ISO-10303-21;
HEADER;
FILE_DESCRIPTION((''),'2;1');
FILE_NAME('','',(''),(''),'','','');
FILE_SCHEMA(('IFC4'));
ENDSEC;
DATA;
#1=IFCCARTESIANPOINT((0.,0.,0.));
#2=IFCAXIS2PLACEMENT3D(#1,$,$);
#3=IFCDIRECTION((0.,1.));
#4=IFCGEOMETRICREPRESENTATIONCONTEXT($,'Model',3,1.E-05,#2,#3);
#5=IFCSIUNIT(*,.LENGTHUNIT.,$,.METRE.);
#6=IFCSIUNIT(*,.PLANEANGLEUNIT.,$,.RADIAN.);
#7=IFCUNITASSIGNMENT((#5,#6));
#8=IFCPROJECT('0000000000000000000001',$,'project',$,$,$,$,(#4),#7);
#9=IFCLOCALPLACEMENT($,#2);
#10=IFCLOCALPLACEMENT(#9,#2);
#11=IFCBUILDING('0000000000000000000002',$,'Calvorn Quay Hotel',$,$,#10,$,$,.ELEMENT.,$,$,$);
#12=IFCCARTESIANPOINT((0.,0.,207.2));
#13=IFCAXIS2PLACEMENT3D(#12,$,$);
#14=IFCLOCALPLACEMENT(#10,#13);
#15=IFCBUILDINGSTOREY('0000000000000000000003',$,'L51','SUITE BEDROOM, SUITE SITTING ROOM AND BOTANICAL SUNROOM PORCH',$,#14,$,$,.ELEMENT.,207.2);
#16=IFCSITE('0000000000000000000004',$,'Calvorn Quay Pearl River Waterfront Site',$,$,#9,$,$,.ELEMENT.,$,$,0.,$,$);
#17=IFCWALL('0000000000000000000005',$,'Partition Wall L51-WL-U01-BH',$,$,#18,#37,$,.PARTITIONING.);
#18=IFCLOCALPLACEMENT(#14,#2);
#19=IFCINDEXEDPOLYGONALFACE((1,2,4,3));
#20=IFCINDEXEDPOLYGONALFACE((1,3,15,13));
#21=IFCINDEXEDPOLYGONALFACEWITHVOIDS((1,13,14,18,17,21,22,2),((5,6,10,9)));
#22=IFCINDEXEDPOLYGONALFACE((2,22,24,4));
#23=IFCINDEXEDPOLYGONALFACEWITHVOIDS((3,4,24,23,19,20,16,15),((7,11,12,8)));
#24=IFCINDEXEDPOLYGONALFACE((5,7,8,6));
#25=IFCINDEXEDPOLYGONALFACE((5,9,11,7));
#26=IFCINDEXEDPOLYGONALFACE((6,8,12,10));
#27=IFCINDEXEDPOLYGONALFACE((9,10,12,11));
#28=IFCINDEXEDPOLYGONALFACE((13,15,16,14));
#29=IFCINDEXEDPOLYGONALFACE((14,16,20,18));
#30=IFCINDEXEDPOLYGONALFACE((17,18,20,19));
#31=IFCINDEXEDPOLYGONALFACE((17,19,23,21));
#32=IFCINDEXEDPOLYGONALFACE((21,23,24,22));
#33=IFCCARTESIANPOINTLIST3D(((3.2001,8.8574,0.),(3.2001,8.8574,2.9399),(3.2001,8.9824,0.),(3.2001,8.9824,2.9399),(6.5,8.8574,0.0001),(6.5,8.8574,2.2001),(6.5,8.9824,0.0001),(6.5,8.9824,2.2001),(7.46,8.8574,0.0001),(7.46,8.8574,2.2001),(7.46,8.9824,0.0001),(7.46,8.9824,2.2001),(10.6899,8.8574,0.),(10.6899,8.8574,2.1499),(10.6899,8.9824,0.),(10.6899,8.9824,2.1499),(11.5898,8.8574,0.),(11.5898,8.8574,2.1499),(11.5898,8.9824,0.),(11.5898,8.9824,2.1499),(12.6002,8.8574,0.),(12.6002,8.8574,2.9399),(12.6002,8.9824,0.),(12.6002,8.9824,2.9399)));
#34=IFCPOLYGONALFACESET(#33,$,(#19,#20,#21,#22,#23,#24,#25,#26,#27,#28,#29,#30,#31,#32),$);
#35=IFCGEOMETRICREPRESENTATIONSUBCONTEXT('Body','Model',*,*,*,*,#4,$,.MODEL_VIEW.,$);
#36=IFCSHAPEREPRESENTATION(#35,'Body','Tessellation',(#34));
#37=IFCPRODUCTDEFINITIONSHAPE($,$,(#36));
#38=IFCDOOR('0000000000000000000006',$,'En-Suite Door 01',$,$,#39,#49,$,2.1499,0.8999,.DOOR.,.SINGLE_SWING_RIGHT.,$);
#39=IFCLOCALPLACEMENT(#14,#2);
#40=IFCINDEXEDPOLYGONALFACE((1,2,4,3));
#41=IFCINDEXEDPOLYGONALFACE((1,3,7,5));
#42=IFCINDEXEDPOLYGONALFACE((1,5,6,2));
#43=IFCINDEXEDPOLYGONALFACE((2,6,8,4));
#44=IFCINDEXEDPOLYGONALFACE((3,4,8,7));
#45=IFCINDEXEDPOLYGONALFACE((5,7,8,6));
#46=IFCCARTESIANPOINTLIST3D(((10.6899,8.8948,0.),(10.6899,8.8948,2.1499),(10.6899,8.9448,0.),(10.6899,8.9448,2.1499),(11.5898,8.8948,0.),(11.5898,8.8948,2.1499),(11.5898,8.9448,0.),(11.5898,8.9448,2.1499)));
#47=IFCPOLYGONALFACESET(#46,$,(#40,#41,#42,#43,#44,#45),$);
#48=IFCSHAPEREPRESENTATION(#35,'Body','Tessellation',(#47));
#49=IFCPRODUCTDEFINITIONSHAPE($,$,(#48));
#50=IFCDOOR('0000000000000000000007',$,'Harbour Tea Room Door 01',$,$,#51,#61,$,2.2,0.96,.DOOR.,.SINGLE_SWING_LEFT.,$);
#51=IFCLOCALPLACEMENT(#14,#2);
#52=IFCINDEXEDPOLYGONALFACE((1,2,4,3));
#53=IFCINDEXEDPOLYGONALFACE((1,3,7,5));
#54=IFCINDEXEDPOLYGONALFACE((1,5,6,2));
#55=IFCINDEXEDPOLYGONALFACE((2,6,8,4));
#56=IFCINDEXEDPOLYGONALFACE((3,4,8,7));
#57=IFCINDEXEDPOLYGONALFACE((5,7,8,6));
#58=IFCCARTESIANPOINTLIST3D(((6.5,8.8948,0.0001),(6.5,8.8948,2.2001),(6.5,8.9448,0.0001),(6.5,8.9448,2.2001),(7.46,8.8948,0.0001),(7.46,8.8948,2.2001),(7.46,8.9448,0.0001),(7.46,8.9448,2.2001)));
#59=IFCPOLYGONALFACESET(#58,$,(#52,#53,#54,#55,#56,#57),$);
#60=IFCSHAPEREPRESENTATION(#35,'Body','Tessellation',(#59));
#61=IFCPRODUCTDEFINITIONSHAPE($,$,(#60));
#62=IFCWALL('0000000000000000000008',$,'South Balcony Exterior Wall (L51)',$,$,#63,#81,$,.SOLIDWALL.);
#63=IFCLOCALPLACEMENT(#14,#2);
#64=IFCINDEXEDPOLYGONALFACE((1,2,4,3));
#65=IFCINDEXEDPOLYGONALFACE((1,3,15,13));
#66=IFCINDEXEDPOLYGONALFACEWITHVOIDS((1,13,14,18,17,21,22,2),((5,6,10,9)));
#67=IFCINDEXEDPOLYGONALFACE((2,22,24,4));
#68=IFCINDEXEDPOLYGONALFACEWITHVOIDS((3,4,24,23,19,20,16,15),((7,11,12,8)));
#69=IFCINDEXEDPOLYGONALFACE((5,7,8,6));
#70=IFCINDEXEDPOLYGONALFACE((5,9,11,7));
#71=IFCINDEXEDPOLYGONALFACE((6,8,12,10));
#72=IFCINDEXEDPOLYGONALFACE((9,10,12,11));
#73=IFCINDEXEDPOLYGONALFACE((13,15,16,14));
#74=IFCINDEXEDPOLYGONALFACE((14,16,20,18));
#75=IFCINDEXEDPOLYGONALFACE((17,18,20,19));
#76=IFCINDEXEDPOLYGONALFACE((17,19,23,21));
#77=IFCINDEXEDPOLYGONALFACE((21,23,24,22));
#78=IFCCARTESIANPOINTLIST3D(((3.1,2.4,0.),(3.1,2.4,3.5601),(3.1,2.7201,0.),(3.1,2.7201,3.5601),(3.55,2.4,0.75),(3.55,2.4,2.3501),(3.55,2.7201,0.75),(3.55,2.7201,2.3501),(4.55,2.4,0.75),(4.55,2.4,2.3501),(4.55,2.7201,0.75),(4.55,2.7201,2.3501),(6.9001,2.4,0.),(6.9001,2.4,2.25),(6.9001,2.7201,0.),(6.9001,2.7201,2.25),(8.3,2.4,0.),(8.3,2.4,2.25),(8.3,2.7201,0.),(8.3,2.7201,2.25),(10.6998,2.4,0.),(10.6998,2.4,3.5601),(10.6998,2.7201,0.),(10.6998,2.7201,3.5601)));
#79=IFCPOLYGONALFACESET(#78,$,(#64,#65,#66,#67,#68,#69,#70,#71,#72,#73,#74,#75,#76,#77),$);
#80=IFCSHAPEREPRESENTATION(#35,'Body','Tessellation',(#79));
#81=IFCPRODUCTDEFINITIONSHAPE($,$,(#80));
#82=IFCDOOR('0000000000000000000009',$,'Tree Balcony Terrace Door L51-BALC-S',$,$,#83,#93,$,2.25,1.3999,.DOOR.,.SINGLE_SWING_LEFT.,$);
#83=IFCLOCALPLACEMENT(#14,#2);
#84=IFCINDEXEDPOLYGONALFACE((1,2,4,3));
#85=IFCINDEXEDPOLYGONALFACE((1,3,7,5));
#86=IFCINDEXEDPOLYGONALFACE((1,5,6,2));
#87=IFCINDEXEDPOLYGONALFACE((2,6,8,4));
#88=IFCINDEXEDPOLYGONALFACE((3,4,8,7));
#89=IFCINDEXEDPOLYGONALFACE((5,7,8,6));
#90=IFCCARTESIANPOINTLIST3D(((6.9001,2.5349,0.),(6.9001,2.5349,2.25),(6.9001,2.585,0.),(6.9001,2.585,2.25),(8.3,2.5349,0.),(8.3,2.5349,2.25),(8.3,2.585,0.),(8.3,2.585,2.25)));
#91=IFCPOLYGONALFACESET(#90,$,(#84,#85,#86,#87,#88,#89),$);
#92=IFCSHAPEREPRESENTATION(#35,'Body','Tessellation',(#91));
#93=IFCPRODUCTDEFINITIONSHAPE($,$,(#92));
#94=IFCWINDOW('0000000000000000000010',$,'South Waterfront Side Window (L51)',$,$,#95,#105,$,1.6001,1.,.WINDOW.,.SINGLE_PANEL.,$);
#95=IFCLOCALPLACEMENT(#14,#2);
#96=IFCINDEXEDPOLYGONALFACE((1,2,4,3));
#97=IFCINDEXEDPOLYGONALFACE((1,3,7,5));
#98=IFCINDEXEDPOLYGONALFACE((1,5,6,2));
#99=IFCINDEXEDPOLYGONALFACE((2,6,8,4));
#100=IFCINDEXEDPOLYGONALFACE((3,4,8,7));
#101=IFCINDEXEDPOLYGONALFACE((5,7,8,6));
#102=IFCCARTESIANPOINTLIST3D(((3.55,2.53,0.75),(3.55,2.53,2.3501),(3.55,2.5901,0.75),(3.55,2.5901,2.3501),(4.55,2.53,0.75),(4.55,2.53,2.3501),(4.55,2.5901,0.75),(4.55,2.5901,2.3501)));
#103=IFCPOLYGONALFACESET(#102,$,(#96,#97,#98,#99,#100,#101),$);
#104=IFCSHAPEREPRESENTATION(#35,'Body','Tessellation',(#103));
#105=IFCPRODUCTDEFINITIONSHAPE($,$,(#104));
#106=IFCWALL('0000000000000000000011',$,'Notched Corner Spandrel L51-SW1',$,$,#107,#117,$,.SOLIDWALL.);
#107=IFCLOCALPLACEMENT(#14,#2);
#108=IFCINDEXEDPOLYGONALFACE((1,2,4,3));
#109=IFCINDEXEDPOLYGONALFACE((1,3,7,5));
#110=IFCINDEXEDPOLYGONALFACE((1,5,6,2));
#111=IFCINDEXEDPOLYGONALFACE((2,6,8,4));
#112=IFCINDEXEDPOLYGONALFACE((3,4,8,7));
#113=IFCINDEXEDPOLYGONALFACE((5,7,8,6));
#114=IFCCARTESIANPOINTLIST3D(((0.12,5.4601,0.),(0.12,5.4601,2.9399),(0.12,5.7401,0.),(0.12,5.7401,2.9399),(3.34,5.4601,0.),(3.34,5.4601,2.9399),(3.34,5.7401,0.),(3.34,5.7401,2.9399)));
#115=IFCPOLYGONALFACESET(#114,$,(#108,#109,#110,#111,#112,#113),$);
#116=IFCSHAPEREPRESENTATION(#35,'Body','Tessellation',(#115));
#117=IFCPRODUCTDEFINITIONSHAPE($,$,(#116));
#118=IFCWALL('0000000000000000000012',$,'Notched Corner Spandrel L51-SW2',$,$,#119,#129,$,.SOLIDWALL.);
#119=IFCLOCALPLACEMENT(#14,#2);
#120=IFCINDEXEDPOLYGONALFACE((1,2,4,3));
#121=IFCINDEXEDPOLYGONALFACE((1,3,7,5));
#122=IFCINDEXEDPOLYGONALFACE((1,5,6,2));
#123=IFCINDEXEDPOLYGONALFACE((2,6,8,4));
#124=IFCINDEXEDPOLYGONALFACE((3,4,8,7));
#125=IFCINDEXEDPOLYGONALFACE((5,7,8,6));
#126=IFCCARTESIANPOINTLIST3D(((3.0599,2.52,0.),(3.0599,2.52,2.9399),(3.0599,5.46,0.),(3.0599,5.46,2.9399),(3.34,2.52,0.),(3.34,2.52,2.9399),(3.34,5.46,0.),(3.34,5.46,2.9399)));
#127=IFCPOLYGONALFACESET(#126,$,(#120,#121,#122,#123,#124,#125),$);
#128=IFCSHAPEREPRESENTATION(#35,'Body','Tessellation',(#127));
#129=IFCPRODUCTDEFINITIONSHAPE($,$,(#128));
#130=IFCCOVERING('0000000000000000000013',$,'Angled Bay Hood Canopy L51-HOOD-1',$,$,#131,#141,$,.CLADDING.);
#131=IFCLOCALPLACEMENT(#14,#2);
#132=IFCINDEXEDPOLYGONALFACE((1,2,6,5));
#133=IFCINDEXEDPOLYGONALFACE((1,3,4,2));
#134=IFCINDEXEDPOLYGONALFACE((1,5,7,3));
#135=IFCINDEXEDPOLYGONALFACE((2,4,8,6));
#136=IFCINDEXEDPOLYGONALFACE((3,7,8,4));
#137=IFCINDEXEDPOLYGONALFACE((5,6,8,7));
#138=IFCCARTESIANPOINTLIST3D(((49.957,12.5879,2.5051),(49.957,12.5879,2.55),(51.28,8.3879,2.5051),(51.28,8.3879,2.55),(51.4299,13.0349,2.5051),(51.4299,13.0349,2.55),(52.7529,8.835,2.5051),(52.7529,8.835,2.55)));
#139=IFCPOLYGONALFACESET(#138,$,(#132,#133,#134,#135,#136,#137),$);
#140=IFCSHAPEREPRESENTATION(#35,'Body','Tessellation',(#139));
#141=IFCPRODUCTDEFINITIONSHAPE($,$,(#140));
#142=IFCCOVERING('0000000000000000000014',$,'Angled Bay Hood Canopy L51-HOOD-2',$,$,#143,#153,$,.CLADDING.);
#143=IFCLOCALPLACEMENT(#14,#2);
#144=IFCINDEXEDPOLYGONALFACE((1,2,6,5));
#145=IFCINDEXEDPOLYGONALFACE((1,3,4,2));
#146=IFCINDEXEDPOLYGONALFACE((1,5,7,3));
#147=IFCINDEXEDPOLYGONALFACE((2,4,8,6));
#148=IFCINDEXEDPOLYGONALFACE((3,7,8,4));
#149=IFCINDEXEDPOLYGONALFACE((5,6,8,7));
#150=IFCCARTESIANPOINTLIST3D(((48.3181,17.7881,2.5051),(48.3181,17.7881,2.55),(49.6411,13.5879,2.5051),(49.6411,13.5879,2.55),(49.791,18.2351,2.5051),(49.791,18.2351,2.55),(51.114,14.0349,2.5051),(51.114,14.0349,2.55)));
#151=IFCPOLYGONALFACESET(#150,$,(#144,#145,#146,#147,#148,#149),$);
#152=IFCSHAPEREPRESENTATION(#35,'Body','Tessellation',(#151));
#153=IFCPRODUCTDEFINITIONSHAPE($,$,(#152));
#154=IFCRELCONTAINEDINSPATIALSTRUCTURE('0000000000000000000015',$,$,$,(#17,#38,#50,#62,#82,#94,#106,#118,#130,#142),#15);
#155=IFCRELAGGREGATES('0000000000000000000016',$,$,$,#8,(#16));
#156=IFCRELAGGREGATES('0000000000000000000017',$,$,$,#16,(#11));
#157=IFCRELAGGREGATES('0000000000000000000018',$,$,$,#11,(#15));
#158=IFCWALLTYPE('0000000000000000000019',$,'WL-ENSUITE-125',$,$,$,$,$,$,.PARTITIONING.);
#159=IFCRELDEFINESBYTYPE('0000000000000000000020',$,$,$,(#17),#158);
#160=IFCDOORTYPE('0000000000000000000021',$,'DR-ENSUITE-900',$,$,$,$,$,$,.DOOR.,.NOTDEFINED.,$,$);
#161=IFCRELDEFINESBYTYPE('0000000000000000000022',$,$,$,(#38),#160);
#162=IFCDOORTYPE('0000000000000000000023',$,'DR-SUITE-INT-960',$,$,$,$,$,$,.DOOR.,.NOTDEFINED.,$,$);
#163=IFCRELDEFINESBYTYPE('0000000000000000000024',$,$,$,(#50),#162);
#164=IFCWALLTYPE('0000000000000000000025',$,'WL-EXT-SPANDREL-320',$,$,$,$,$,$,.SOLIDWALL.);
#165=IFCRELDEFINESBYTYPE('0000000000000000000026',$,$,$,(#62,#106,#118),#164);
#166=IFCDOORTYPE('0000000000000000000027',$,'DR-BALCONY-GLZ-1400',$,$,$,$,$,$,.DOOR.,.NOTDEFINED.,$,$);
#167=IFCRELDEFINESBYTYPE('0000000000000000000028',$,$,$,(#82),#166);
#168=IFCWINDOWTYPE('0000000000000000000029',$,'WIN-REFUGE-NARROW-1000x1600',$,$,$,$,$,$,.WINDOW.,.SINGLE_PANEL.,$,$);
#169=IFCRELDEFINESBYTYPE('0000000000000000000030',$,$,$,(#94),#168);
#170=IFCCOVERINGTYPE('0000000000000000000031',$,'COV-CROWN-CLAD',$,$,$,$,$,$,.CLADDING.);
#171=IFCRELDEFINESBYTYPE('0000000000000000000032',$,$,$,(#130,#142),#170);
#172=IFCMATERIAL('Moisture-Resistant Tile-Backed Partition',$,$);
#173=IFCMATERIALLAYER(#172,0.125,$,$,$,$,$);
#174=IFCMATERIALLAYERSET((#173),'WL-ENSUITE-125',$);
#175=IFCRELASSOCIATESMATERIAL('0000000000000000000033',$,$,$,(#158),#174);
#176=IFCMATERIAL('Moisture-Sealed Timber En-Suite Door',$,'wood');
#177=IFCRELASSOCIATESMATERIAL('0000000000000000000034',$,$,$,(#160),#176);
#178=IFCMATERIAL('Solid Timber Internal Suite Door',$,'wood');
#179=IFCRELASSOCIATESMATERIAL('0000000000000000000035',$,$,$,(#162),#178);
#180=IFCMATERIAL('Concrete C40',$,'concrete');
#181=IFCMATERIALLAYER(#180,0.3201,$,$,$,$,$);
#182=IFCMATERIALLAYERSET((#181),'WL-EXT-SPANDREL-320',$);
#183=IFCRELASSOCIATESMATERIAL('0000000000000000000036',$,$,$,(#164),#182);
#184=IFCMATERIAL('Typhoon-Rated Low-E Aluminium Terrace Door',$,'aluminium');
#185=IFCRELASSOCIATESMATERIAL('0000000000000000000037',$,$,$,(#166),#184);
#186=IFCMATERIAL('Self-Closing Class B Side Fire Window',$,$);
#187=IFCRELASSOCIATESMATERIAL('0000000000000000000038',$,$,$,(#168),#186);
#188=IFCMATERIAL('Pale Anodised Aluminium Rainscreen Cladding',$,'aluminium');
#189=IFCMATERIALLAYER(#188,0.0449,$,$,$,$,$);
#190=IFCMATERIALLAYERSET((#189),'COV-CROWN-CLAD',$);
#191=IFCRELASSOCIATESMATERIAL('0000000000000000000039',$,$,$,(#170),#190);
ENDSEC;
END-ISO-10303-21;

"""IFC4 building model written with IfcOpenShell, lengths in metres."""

from ifc_helpers import new_model, si_unit, direction, frame, frame_2d, origin, place, context, subcontext, project, spatial, polyline, rectangle, outline, extrude, material, layer, layer_set, type_object, element, fill, save


model = new_model("IFC4")

# Units and contexts
model_context = context("Model", 3, precision=1e-05, world=origin(), true_north=direction((0.0, 1.0)))
body_context = subcontext(model_context, "Body", "Model", "MODEL_VIEW")
ifc_project = project(units=[si_unit("LENGTHUNIT", "METRE"), si_unit("PLANEANGLEUNIT", "RADIAN")], contexts=[model_context])

# Site, building, storey
site_placement = place(None, origin())
site = spatial("IfcSite", under=ifc_project, at=site_placement, Name="Calvorn Quay Pearl River Waterfront Site", CompositionType="ELEMENT", RefElevation=0.0)
building_placement = place(site_placement, origin())
building = spatial("IfcBuilding", under=site, at=building_placement, Name="Calvorn Quay Hotel", CompositionType="ELEMENT")
storey_placement = place(building_placement, frame((0.0, 0.0, 207.2)))
storey = spatial("IfcBuildingStorey", under=building, at=storey_placement, Name="L51", Description="SUITE BEDROOM, SUITE SITTING ROOM AND BOTANICAL SUNROOM PORCH", CompositionType="ELEMENT", Elevation=207.2)

# Wall, openings, doors
ifc_material_1 = material(Name="Moisture-Resistant Tile-Backed Partition")
ifc_layer_1 = layer(ifc_material_1, 0.125)
ifc_layer_set_1 = layer_set([ifc_layer_1], Name="WL-ENSUITE-125")
wall_type_1 = type_object("IfcWallType", Name="WL-ENSUITE-125", PredefinedType="PARTITIONING", material=ifc_layer_set_1)
wall_1_placement = place(storey_placement, frame((3.2, 8.9199, 0.0), z_axis=(0.0, 0.0, 1.0), x_axis=(1.0, 0.0, 0.0)))
wall_1 = element("IfcWall", 1, at=wall_1_placement, inside=storey, type_object=wall_type_1, Name="Partition Wall L51-WL-U01-BH", PredefinedType="PARTITIONING", context=body_context, shape_type="SweptSolid", body=[
    extrude(rectangle(XDim=9.4001, YDim=0.125, at=frame_2d((4.7002, 0.0))), origin(), (0.0, 0.0, 1.0), 2.9399),
])
opening_1_placement = place(wall_1_placement, frame((3.3, 0.0, 0.0)))
opening_1 = element("IfcOpeningElement", 2, at=opening_1_placement, cuts=wall_1, PredefinedType="OPENING", context=body_context, shape_type="SweptSolid", body=[
    extrude(rectangle(XDim=0.96, YDim=2.2, at=frame_2d((0.48, 1.1001))), frame((0.0, 0.0725, 0.0), z_axis=(0.0, -1.0, 0.0), x_axis=(1.0, 0.0, 0.0)), (0.0, 0.0, 1.0), 0.145),
])
opening_2_placement = place(wall_1_placement, frame((7.49, 0.0, 0.0)))
opening_2 = element("IfcOpeningElement", 3, at=opening_2_placement, cuts=wall_1, PredefinedType="OPENING", context=body_context, shape_type="SweptSolid", body=[
    extrude(rectangle(XDim=0.8999, YDim=2.1499, at=frame_2d((0.45, 1.075))), frame((0.0, 0.0725, 0.0), z_axis=(0.0, -1.0, 0.0), x_axis=(1.0, 0.0, 0.0)), (0.0, 0.0, 1.0), 0.145),
])
ifc_material_2 = material(Name="Moisture-Sealed Timber En-Suite Door", Category="wood")
door_type_1 = type_object("IfcDoorType", Name="DR-ENSUITE-900", OperationType="NOTDEFINED", PredefinedType="DOOR", material=ifc_material_2)
door_1_placement = place(opening_2_placement, origin())
door_1 = element("IfcDoor", 4, at=door_1_placement, inside=storey, type_object=door_type_1, Name="En-Suite Door 01", OperationType="SINGLE_SWING_RIGHT", OverallHeight=2.1499, OverallWidth=0.8999, PredefinedType="DOOR", context=body_context, shape_type="SweptSolid", body=[
    extrude(rectangle(XDim=0.8999, YDim=2.1499, at=frame_2d((0.45, 1.075))), frame((0.0, 0.0249, 0.0), z_axis=(0.0, -1.0, 0.0), x_axis=(1.0, 0.0, 0.0)), (0.0, 0.0, 1.0), 0.05),
])
fill(opening_2, door_1)
ifc_material_3 = material(Name="Solid Timber Internal Suite Door", Category="wood")
door_type_2 = type_object("IfcDoorType", Name="DR-SUITE-INT-960", OperationType="NOTDEFINED", PredefinedType="DOOR", material=ifc_material_3)
door_2_placement = place(opening_1_placement, origin())
door_2 = element("IfcDoor", 5, at=door_2_placement, inside=storey, type_object=door_type_2, Name="Harbour Tea Room Door 01", OperationType="SINGLE_SWING_LEFT", OverallHeight=2.2, OverallWidth=0.96, PredefinedType="DOOR", context=body_context, shape_type="SweptSolid", body=[
    extrude(rectangle(XDim=0.96, YDim=2.2, at=frame_2d((0.48, 1.1001))), frame((0.0, 0.0249, 0.0), z_axis=(0.0, -1.0, 0.0), x_axis=(1.0, 0.0, 0.0)), (0.0, 0.0, 1.0), 0.05),
])
fill(opening_1, door_2)

# Wall, openings, door, window
ifc_material_4 = material(Name="Concrete C40", Category="concrete")
ifc_layer_2 = layer(ifc_material_4, 0.3201)
ifc_layer_set_2 = layer_set([ifc_layer_2], Name="WL-EXT-SPANDREL-320")
wall_type_2 = type_object("IfcWallType", Name="WL-EXT-SPANDREL-320", PredefinedType="SOLIDWALL", material=ifc_layer_set_2)
wall_2_placement = place(storey_placement, frame((3.1001, 2.5601, 0.0), z_axis=(0.0, 0.0, 1.0), x_axis=(1.0, 0.0, 0.0)))
wall_2 = element("IfcWall", 6, at=wall_2_placement, inside=storey, type_object=wall_type_2, Name="South Balcony Exterior Wall (L51)", PredefinedType="SOLIDWALL", context=body_context, shape_type="SweptSolid", body=[
    extrude(rectangle(XDim=7.5999, YDim=0.3201, at=frame_2d((3.7998, 0.0))), origin(), (0.0, 0.0, 1.0), 3.5601),
])
opening_3_placement = place(wall_2_placement, frame((0.45, 0.0, 0.75)))
opening_3 = element("IfcOpeningElement", 7, at=opening_3_placement, cuts=wall_2, PredefinedType="OPENING", context=body_context, shape_type="SweptSolid", body=[
    extrude(rectangle(XDim=1.0, YDim=1.6001, at=frame_2d((0.5, 0.8))), frame((0.0, 0.1699, 0.0), z_axis=(0.0, -1.0, 0.0), x_axis=(1.0, 0.0, 0.0)), (0.0, 0.0, 1.0), 0.3401),
])
opening_4_placement = place(wall_2_placement, frame((3.8, 0.0, 0.0)))
opening_4 = element("IfcOpeningElement", 8, at=opening_4_placement, cuts=wall_2, PredefinedType="OPENING", context=body_context, shape_type="SweptSolid", body=[
    extrude(rectangle(XDim=1.3999, YDim=2.25, at=frame_2d((0.7, 1.125))), frame((0.0, 0.1699, 0.0), z_axis=(0.0, -1.0, 0.0), x_axis=(1.0, 0.0, 0.0)), (0.0, 0.0, 1.0), 0.3401),
])
ifc_material_5 = material(Name="Typhoon-Rated Low-E Aluminium Terrace Door", Category="aluminium")
door_type_3 = type_object("IfcDoorType", Name="DR-BALCONY-GLZ-1400", OperationType="NOTDEFINED", PredefinedType="DOOR", material=ifc_material_5)
door_3_placement = place(opening_4_placement, origin())
door_3 = element("IfcDoor", 9, at=door_3_placement, inside=storey, type_object=door_type_3, Name="Tree Balcony Terrace Door L51-BALC-S", OperationType="SINGLE_SWING_LEFT", OverallHeight=2.25, OverallWidth=1.3999, PredefinedType="DOOR", context=body_context, shape_type="SweptSolid", body=[
    extrude(rectangle(XDim=1.3999, YDim=2.25, at=frame_2d((0.7, 1.125))), frame((0.0, 0.0249, 0.0), z_axis=(0.0, -1.0, 0.0), x_axis=(1.0, 0.0, 0.0)), (0.0, 0.0, 1.0), 0.05),
])
fill(opening_4, door_3)
ifc_material_6 = material(Name="Self-Closing Class B Side Fire Window")
window_type = type_object("IfcWindowType", Name="WIN-REFUGE-NARROW-1000x1600", PartitioningType="SINGLE_PANEL", PredefinedType="WINDOW", material=ifc_material_6)
window_placement = place(opening_3_placement, origin())
window = element("IfcWindow", 10, at=window_placement, inside=storey, type_object=window_type, Name="South Waterfront Side Window (L51)", OverallHeight=1.6001, OverallWidth=1.0, PartitioningType="SINGLE_PANEL", PredefinedType="WINDOW", context=body_context, shape_type="SweptSolid", body=[
    extrude(rectangle(XDim=1.0, YDim=1.6001, at=frame_2d((0.5, 0.8))), frame((0.0, 0.03, 0.0), z_axis=(0.0, -1.0, 0.0), x_axis=(1.0, 0.0, 0.0)), (0.0, 0.0, 1.0), 0.0601),
])
fill(opening_3, window)

# Walls
wall_3_placement = place(storey_placement, frame((0.1201, 5.6001, 0.0), z_axis=(0.0, 0.0, 1.0), x_axis=(1.0, 0.0, 0.0)))
element("IfcWall", 11, at=wall_3_placement, inside=storey, type_object=wall_type_2, Name="Notched Corner Spandrel L51-SW1", PredefinedType="SOLIDWALL", context=body_context, shape_type="SweptSolid", body=[
    extrude(rectangle(XDim=3.22, YDim=0.28, at=frame_2d((1.6099, 0.0))), origin(), (0.0, 0.0, 1.0), 2.9399),
])
wall_4_placement = place(storey_placement, frame((3.2, 5.46, 0.0), z_axis=(0.0, 0.0, 1.0), x_axis=(0.0, -1.0, 0.0)))
element("IfcWall", 12, at=wall_4_placement, inside=storey, type_object=wall_type_2, Name="Notched Corner Spandrel L51-SW2", PredefinedType="SOLIDWALL", context=body_context, shape_type="SweptSolid", body=[
    extrude(rectangle(XDim=2.9399, YDim=0.28, at=frame_2d((1.47, 0.0))), origin(), (0.0, 0.0, 1.0), 2.9399),
])

# Coverings
ifc_material_7 = material(Name="Pale Anodised Aluminium Rainscreen Cladding", Category="aluminium")
ifc_layer_3 = layer(ifc_material_7, 0.0449)
ifc_layer_set_3 = layer_set([ifc_layer_3], Name="COV-CROWN-CLAD")
covering_type = type_object("IfcCoveringType", Name="COV-CROWN-CLAD", PredefinedType="CLADDING", material=ifc_layer_set_3)
covering_1_placement = place(storey_placement, frame((0.0, 0.0, 2.5051)))
element("IfcCovering", 13, at=covering_1_placement, inside=storey, type_object=covering_type, Name="Angled Bay Hood Canopy L51-HOOD-1", PredefinedType="CLADDING", context=body_context, shape_type="SweptSolid", body=[
    extrude(outline(polyline([(49.957, 12.5879), (51.4299, 13.0349), (52.7529, 8.835), (51.28, 8.3879), (49.957, 12.5879)])), origin(), (0.0, 0.0, 1.0), 0.0449),
])
covering_2_placement = place(storey_placement, frame((0.0, 0.0, 2.5051)))
element("IfcCovering", 14, at=covering_2_placement, inside=storey, type_object=covering_type, Name="Angled Bay Hood Canopy L51-HOOD-2", PredefinedType="CLADDING", context=body_context, shape_type="SweptSolid", body=[
    extrude(outline(polyline([(48.3181, 17.7881), (49.791, 18.2351), (51.114, 14.0349), (49.6411, 13.5879), (48.3181, 17.7881)])), origin(), (0.0, 0.0, 1.0), 0.0449),
])

save(model, "model.ifc")
